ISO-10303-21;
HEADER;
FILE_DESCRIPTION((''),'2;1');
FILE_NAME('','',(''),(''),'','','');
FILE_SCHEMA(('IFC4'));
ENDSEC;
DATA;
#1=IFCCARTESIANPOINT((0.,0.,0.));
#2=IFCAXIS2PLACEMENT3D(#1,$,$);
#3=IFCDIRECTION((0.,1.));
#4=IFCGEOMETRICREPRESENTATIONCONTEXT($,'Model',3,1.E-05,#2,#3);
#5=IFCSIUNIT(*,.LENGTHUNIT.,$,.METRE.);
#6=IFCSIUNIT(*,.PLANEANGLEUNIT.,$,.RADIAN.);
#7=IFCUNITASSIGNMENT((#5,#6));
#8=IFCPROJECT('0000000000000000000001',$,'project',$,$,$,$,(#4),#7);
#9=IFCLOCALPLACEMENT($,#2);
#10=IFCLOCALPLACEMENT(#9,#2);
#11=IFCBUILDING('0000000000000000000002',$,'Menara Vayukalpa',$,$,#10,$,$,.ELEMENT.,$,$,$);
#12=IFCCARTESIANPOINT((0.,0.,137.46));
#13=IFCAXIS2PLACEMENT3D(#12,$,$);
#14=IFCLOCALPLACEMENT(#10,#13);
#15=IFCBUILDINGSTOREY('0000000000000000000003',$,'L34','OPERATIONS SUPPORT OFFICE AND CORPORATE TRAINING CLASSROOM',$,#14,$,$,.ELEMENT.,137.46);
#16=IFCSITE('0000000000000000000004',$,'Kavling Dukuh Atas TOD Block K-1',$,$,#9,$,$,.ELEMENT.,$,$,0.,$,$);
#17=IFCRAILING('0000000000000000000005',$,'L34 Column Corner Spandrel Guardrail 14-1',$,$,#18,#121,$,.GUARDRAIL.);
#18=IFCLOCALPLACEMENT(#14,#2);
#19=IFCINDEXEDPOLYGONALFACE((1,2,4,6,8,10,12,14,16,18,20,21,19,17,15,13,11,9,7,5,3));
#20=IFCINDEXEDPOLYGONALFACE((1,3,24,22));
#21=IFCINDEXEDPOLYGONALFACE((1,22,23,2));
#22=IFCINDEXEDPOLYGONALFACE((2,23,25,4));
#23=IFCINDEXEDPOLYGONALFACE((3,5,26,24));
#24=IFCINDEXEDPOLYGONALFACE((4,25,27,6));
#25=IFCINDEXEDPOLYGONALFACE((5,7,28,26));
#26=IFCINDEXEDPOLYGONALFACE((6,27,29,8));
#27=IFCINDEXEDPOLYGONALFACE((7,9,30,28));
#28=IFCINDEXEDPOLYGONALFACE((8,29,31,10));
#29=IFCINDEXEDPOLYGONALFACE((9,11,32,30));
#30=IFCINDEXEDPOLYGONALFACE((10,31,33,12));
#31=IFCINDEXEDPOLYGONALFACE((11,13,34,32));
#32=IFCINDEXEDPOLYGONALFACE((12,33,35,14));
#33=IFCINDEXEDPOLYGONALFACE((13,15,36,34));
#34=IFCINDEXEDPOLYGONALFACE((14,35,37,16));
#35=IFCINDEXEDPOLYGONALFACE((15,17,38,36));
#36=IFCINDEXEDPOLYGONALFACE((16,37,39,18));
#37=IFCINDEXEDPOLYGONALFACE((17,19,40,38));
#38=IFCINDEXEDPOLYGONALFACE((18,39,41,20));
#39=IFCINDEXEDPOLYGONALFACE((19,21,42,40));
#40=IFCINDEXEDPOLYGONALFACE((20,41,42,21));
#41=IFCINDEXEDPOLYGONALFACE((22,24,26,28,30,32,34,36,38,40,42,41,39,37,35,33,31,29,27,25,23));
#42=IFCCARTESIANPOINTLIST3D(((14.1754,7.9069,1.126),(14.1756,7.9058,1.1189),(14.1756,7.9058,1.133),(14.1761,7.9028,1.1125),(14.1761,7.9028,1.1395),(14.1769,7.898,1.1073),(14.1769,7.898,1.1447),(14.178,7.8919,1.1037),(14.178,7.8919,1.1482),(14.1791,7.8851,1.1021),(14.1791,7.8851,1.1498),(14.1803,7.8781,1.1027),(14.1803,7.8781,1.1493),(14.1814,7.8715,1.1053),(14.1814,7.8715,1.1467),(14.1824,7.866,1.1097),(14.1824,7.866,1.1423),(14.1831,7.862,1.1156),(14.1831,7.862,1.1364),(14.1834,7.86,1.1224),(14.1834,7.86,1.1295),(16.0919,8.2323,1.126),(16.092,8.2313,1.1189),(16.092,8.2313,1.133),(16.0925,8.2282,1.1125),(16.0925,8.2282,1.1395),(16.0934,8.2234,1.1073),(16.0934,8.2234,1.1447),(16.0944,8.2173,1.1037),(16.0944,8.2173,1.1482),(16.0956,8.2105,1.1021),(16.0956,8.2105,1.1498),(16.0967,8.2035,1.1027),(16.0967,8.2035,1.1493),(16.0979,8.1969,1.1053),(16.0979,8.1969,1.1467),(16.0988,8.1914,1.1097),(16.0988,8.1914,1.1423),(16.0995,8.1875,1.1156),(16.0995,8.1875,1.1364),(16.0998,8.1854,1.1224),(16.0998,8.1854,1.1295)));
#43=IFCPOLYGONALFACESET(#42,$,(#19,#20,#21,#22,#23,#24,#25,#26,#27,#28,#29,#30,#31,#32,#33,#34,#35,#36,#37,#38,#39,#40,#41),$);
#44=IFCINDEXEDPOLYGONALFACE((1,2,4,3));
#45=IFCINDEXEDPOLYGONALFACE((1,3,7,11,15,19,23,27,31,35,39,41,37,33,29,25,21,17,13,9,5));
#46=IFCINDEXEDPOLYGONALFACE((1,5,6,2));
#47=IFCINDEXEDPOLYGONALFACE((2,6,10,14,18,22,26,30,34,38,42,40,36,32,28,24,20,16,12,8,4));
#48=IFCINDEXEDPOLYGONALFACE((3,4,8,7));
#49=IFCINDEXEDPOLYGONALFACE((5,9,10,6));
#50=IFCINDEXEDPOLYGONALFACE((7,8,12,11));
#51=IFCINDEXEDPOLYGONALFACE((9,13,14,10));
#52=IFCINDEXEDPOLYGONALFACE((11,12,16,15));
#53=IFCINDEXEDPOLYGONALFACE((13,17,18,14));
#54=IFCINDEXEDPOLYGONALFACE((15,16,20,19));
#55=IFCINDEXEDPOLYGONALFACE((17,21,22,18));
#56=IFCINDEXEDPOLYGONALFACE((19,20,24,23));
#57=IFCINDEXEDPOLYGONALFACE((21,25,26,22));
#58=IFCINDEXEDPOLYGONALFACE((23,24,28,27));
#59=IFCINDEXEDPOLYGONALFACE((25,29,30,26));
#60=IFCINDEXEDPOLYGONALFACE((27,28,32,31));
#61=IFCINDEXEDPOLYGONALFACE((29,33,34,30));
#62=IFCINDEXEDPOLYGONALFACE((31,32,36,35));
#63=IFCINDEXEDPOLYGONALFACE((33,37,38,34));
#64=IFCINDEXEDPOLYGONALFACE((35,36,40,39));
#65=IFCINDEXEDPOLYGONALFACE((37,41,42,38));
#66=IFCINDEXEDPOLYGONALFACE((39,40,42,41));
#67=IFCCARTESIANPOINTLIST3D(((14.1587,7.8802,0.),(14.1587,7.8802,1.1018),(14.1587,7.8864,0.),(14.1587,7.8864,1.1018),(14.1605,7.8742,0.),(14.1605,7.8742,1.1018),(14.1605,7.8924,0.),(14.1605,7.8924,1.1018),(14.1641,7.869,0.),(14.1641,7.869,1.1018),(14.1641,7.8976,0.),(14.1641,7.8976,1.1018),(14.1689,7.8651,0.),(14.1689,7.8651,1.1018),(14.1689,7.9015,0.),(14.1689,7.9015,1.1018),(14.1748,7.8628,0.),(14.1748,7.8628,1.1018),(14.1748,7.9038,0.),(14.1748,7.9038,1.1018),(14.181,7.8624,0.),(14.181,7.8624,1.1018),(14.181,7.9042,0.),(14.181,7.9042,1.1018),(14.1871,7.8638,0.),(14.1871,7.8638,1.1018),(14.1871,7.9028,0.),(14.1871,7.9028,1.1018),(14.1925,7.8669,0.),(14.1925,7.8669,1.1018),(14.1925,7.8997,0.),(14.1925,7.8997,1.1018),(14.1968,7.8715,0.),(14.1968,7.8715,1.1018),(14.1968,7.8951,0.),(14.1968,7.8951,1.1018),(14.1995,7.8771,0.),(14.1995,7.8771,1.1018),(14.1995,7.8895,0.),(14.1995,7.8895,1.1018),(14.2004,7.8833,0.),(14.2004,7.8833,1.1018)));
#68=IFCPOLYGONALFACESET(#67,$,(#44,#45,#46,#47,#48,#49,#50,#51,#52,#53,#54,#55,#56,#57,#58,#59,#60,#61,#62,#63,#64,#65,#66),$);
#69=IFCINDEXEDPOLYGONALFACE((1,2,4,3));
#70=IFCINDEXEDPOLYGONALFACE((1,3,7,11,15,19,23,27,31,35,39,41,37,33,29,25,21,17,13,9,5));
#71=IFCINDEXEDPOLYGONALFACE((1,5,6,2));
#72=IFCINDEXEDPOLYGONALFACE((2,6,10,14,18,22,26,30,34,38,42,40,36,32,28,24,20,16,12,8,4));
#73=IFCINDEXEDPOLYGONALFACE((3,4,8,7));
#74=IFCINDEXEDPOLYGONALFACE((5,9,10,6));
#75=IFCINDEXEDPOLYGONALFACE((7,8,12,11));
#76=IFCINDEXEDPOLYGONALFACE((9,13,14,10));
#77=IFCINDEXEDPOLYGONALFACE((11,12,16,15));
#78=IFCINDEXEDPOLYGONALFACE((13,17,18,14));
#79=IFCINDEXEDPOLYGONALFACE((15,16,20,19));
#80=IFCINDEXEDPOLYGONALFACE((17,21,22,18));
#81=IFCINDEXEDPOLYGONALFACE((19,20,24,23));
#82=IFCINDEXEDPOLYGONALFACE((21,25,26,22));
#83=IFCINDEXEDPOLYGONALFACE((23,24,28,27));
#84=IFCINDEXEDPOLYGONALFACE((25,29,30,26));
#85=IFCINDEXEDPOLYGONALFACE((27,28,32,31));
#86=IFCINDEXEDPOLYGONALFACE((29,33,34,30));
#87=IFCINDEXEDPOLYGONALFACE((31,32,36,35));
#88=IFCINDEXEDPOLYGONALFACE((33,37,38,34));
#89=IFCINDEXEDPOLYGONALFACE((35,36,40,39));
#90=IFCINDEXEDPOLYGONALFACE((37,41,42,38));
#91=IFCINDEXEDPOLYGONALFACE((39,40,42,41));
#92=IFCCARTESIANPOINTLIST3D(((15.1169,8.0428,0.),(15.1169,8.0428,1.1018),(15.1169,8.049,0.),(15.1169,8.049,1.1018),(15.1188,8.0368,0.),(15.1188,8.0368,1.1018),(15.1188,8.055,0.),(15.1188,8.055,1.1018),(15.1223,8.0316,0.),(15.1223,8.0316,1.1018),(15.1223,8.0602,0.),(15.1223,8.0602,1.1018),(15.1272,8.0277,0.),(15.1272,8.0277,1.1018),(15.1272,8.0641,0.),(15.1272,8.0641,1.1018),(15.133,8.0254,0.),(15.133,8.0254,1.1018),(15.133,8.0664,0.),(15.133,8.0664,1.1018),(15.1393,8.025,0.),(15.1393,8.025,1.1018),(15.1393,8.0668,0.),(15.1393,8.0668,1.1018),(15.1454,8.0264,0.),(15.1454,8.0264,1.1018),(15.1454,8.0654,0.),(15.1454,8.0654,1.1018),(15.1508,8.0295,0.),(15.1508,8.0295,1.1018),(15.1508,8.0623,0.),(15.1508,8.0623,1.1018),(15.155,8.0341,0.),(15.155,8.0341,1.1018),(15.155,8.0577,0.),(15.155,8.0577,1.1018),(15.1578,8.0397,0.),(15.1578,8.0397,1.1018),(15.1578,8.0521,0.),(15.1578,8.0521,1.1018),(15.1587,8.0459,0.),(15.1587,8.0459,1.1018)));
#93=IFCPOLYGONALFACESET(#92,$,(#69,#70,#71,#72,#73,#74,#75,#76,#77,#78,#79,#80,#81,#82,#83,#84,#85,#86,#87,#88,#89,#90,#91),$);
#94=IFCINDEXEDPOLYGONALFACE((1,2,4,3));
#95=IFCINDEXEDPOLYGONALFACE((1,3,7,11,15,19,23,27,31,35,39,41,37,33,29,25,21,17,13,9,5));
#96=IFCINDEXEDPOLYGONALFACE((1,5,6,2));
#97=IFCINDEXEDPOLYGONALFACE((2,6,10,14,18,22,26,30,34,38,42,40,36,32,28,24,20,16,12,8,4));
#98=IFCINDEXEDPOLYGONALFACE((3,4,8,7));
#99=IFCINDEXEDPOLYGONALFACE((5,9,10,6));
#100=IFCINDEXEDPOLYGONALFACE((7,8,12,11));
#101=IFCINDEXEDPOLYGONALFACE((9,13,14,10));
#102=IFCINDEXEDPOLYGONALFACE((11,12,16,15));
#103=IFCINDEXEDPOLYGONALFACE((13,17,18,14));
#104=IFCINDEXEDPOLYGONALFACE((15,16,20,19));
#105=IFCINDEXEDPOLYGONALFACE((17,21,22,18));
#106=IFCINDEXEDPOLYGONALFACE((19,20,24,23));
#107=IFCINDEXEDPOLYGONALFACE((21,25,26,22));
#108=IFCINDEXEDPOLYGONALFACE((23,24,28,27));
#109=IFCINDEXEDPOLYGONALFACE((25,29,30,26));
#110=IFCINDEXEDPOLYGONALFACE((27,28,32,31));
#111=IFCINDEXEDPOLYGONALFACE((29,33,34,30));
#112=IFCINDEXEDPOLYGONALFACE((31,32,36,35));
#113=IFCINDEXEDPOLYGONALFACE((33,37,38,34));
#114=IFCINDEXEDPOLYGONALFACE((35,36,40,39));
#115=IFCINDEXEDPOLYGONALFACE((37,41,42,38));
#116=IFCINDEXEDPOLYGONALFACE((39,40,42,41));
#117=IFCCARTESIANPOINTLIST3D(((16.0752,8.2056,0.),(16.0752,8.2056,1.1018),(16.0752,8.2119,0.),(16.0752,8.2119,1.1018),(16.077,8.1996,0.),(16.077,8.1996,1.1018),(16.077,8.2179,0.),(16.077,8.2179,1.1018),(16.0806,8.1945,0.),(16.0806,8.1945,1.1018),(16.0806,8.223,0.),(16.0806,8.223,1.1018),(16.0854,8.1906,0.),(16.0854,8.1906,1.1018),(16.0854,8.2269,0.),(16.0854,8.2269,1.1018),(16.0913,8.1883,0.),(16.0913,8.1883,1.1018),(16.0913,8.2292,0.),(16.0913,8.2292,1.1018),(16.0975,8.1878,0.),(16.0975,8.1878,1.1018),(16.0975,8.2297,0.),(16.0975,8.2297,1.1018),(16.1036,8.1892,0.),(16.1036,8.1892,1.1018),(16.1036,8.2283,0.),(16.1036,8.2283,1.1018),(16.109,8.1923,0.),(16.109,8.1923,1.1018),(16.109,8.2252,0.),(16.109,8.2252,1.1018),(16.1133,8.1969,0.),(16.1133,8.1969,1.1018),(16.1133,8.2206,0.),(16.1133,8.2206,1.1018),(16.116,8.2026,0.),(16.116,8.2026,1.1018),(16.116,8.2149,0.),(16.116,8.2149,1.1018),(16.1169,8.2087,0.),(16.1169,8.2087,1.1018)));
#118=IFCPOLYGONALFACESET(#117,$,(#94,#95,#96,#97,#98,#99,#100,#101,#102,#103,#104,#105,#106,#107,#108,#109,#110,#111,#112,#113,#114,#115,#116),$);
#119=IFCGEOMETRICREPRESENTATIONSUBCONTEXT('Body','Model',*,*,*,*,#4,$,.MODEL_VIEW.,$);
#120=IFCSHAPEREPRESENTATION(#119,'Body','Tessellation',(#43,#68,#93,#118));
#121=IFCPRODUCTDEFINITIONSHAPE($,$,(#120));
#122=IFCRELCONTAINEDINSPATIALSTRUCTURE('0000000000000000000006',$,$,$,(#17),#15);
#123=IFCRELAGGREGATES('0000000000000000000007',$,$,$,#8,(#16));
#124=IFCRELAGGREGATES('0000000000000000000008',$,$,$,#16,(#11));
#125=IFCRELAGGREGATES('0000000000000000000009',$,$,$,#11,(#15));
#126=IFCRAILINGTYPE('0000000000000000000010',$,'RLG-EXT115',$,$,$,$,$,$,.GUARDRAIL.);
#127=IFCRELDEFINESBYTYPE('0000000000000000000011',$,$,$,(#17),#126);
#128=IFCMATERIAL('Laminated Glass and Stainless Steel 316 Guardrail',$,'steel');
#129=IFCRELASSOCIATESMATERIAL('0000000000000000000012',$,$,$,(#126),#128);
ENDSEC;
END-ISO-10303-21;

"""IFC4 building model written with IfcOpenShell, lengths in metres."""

from ifc_helpers import new_model, si_unit, direction, frame, origin, origin_2d, place, context, subcontext, project, spatial, circle, extrude, material, type_object, element, save


model = new_model("IFC4")

# Units and contexts
model_context = context("Model", 3, precision=1e-05, world=origin(), true_north=direction((0.0, 1.0)))
body_context = subcontext(model_context, "Body", "Model", "MODEL_VIEW")
ifc_project = project(units=[si_unit("LENGTHUNIT", "METRE"), si_unit("PLANEANGLEUNIT", "RADIAN")], contexts=[model_context])

# Site, building, storey
site_placement = place(None, origin())
site = spatial("IfcSite", under=ifc_project, at=site_placement, Name="Kavling Dukuh Atas TOD Block K-1", CompositionType="ELEMENT", RefElevation=0.0)
building_placement = place(site_placement, origin())
building = spatial("IfcBuilding", under=site, at=building_placement, Name="Menara Vayukalpa", CompositionType="ELEMENT")
storey_placement = place(building_placement, frame((0.0, 0.0, 137.46)))
storey = spatial("IfcBuildingStorey", under=building, at=storey_placement, Name="L34", Description="OPERATIONS SUPPORT OFFICE AND CORPORATE TRAINING CLASSROOM", CompositionType="ELEMENT", Elevation=137.46)

# Railing
ifc_material_1 = material(Name="Laminated Glass and Stainless Steel 316 Guardrail", Category="steel")
railing_type = type_object("IfcRailingType", Name="RLG-EXT115", PredefinedType="GUARDRAIL", material=ifc_material_1)
railing_1_placement = place(storey_placement, frame((14.1794, 7.8833, 0.0)))
element("IfcRailing", 1, at=railing_1_placement, inside=storey, type_object=railing_type, Name="L34 Column Corner Spandrel Guardrail 14-1", PredefinedType="GUARDRAIL", context=body_context, shape_type="SweptSolid", body=[
    extrude(circle(Radius=0.0239, at=origin_2d()), frame((0.0, 0.0, 1.126), z_axis=(0.985887, 0.167412, 0.0), x_axis=(-0.167412, 0.985887, 0.0)), (0.0, 0.0, 1.0), 1.9438),
    extrude(circle(Radius=0.021, at=origin_2d()), origin(), (0.0, 0.0, 1.0), 1.1018),
    extrude(circle(Radius=0.021, at=origin_2d()), frame((0.9583, 0.1626, 0.0)), (0.0, 0.0, 1.0), 1.1018),
    extrude(circle(Radius=0.021, at=origin_2d()), frame((1.9165, 0.3254, 0.0)), (0.0, 0.0, 1.0), 1.1018),
])

save(model, "model.ifc")
